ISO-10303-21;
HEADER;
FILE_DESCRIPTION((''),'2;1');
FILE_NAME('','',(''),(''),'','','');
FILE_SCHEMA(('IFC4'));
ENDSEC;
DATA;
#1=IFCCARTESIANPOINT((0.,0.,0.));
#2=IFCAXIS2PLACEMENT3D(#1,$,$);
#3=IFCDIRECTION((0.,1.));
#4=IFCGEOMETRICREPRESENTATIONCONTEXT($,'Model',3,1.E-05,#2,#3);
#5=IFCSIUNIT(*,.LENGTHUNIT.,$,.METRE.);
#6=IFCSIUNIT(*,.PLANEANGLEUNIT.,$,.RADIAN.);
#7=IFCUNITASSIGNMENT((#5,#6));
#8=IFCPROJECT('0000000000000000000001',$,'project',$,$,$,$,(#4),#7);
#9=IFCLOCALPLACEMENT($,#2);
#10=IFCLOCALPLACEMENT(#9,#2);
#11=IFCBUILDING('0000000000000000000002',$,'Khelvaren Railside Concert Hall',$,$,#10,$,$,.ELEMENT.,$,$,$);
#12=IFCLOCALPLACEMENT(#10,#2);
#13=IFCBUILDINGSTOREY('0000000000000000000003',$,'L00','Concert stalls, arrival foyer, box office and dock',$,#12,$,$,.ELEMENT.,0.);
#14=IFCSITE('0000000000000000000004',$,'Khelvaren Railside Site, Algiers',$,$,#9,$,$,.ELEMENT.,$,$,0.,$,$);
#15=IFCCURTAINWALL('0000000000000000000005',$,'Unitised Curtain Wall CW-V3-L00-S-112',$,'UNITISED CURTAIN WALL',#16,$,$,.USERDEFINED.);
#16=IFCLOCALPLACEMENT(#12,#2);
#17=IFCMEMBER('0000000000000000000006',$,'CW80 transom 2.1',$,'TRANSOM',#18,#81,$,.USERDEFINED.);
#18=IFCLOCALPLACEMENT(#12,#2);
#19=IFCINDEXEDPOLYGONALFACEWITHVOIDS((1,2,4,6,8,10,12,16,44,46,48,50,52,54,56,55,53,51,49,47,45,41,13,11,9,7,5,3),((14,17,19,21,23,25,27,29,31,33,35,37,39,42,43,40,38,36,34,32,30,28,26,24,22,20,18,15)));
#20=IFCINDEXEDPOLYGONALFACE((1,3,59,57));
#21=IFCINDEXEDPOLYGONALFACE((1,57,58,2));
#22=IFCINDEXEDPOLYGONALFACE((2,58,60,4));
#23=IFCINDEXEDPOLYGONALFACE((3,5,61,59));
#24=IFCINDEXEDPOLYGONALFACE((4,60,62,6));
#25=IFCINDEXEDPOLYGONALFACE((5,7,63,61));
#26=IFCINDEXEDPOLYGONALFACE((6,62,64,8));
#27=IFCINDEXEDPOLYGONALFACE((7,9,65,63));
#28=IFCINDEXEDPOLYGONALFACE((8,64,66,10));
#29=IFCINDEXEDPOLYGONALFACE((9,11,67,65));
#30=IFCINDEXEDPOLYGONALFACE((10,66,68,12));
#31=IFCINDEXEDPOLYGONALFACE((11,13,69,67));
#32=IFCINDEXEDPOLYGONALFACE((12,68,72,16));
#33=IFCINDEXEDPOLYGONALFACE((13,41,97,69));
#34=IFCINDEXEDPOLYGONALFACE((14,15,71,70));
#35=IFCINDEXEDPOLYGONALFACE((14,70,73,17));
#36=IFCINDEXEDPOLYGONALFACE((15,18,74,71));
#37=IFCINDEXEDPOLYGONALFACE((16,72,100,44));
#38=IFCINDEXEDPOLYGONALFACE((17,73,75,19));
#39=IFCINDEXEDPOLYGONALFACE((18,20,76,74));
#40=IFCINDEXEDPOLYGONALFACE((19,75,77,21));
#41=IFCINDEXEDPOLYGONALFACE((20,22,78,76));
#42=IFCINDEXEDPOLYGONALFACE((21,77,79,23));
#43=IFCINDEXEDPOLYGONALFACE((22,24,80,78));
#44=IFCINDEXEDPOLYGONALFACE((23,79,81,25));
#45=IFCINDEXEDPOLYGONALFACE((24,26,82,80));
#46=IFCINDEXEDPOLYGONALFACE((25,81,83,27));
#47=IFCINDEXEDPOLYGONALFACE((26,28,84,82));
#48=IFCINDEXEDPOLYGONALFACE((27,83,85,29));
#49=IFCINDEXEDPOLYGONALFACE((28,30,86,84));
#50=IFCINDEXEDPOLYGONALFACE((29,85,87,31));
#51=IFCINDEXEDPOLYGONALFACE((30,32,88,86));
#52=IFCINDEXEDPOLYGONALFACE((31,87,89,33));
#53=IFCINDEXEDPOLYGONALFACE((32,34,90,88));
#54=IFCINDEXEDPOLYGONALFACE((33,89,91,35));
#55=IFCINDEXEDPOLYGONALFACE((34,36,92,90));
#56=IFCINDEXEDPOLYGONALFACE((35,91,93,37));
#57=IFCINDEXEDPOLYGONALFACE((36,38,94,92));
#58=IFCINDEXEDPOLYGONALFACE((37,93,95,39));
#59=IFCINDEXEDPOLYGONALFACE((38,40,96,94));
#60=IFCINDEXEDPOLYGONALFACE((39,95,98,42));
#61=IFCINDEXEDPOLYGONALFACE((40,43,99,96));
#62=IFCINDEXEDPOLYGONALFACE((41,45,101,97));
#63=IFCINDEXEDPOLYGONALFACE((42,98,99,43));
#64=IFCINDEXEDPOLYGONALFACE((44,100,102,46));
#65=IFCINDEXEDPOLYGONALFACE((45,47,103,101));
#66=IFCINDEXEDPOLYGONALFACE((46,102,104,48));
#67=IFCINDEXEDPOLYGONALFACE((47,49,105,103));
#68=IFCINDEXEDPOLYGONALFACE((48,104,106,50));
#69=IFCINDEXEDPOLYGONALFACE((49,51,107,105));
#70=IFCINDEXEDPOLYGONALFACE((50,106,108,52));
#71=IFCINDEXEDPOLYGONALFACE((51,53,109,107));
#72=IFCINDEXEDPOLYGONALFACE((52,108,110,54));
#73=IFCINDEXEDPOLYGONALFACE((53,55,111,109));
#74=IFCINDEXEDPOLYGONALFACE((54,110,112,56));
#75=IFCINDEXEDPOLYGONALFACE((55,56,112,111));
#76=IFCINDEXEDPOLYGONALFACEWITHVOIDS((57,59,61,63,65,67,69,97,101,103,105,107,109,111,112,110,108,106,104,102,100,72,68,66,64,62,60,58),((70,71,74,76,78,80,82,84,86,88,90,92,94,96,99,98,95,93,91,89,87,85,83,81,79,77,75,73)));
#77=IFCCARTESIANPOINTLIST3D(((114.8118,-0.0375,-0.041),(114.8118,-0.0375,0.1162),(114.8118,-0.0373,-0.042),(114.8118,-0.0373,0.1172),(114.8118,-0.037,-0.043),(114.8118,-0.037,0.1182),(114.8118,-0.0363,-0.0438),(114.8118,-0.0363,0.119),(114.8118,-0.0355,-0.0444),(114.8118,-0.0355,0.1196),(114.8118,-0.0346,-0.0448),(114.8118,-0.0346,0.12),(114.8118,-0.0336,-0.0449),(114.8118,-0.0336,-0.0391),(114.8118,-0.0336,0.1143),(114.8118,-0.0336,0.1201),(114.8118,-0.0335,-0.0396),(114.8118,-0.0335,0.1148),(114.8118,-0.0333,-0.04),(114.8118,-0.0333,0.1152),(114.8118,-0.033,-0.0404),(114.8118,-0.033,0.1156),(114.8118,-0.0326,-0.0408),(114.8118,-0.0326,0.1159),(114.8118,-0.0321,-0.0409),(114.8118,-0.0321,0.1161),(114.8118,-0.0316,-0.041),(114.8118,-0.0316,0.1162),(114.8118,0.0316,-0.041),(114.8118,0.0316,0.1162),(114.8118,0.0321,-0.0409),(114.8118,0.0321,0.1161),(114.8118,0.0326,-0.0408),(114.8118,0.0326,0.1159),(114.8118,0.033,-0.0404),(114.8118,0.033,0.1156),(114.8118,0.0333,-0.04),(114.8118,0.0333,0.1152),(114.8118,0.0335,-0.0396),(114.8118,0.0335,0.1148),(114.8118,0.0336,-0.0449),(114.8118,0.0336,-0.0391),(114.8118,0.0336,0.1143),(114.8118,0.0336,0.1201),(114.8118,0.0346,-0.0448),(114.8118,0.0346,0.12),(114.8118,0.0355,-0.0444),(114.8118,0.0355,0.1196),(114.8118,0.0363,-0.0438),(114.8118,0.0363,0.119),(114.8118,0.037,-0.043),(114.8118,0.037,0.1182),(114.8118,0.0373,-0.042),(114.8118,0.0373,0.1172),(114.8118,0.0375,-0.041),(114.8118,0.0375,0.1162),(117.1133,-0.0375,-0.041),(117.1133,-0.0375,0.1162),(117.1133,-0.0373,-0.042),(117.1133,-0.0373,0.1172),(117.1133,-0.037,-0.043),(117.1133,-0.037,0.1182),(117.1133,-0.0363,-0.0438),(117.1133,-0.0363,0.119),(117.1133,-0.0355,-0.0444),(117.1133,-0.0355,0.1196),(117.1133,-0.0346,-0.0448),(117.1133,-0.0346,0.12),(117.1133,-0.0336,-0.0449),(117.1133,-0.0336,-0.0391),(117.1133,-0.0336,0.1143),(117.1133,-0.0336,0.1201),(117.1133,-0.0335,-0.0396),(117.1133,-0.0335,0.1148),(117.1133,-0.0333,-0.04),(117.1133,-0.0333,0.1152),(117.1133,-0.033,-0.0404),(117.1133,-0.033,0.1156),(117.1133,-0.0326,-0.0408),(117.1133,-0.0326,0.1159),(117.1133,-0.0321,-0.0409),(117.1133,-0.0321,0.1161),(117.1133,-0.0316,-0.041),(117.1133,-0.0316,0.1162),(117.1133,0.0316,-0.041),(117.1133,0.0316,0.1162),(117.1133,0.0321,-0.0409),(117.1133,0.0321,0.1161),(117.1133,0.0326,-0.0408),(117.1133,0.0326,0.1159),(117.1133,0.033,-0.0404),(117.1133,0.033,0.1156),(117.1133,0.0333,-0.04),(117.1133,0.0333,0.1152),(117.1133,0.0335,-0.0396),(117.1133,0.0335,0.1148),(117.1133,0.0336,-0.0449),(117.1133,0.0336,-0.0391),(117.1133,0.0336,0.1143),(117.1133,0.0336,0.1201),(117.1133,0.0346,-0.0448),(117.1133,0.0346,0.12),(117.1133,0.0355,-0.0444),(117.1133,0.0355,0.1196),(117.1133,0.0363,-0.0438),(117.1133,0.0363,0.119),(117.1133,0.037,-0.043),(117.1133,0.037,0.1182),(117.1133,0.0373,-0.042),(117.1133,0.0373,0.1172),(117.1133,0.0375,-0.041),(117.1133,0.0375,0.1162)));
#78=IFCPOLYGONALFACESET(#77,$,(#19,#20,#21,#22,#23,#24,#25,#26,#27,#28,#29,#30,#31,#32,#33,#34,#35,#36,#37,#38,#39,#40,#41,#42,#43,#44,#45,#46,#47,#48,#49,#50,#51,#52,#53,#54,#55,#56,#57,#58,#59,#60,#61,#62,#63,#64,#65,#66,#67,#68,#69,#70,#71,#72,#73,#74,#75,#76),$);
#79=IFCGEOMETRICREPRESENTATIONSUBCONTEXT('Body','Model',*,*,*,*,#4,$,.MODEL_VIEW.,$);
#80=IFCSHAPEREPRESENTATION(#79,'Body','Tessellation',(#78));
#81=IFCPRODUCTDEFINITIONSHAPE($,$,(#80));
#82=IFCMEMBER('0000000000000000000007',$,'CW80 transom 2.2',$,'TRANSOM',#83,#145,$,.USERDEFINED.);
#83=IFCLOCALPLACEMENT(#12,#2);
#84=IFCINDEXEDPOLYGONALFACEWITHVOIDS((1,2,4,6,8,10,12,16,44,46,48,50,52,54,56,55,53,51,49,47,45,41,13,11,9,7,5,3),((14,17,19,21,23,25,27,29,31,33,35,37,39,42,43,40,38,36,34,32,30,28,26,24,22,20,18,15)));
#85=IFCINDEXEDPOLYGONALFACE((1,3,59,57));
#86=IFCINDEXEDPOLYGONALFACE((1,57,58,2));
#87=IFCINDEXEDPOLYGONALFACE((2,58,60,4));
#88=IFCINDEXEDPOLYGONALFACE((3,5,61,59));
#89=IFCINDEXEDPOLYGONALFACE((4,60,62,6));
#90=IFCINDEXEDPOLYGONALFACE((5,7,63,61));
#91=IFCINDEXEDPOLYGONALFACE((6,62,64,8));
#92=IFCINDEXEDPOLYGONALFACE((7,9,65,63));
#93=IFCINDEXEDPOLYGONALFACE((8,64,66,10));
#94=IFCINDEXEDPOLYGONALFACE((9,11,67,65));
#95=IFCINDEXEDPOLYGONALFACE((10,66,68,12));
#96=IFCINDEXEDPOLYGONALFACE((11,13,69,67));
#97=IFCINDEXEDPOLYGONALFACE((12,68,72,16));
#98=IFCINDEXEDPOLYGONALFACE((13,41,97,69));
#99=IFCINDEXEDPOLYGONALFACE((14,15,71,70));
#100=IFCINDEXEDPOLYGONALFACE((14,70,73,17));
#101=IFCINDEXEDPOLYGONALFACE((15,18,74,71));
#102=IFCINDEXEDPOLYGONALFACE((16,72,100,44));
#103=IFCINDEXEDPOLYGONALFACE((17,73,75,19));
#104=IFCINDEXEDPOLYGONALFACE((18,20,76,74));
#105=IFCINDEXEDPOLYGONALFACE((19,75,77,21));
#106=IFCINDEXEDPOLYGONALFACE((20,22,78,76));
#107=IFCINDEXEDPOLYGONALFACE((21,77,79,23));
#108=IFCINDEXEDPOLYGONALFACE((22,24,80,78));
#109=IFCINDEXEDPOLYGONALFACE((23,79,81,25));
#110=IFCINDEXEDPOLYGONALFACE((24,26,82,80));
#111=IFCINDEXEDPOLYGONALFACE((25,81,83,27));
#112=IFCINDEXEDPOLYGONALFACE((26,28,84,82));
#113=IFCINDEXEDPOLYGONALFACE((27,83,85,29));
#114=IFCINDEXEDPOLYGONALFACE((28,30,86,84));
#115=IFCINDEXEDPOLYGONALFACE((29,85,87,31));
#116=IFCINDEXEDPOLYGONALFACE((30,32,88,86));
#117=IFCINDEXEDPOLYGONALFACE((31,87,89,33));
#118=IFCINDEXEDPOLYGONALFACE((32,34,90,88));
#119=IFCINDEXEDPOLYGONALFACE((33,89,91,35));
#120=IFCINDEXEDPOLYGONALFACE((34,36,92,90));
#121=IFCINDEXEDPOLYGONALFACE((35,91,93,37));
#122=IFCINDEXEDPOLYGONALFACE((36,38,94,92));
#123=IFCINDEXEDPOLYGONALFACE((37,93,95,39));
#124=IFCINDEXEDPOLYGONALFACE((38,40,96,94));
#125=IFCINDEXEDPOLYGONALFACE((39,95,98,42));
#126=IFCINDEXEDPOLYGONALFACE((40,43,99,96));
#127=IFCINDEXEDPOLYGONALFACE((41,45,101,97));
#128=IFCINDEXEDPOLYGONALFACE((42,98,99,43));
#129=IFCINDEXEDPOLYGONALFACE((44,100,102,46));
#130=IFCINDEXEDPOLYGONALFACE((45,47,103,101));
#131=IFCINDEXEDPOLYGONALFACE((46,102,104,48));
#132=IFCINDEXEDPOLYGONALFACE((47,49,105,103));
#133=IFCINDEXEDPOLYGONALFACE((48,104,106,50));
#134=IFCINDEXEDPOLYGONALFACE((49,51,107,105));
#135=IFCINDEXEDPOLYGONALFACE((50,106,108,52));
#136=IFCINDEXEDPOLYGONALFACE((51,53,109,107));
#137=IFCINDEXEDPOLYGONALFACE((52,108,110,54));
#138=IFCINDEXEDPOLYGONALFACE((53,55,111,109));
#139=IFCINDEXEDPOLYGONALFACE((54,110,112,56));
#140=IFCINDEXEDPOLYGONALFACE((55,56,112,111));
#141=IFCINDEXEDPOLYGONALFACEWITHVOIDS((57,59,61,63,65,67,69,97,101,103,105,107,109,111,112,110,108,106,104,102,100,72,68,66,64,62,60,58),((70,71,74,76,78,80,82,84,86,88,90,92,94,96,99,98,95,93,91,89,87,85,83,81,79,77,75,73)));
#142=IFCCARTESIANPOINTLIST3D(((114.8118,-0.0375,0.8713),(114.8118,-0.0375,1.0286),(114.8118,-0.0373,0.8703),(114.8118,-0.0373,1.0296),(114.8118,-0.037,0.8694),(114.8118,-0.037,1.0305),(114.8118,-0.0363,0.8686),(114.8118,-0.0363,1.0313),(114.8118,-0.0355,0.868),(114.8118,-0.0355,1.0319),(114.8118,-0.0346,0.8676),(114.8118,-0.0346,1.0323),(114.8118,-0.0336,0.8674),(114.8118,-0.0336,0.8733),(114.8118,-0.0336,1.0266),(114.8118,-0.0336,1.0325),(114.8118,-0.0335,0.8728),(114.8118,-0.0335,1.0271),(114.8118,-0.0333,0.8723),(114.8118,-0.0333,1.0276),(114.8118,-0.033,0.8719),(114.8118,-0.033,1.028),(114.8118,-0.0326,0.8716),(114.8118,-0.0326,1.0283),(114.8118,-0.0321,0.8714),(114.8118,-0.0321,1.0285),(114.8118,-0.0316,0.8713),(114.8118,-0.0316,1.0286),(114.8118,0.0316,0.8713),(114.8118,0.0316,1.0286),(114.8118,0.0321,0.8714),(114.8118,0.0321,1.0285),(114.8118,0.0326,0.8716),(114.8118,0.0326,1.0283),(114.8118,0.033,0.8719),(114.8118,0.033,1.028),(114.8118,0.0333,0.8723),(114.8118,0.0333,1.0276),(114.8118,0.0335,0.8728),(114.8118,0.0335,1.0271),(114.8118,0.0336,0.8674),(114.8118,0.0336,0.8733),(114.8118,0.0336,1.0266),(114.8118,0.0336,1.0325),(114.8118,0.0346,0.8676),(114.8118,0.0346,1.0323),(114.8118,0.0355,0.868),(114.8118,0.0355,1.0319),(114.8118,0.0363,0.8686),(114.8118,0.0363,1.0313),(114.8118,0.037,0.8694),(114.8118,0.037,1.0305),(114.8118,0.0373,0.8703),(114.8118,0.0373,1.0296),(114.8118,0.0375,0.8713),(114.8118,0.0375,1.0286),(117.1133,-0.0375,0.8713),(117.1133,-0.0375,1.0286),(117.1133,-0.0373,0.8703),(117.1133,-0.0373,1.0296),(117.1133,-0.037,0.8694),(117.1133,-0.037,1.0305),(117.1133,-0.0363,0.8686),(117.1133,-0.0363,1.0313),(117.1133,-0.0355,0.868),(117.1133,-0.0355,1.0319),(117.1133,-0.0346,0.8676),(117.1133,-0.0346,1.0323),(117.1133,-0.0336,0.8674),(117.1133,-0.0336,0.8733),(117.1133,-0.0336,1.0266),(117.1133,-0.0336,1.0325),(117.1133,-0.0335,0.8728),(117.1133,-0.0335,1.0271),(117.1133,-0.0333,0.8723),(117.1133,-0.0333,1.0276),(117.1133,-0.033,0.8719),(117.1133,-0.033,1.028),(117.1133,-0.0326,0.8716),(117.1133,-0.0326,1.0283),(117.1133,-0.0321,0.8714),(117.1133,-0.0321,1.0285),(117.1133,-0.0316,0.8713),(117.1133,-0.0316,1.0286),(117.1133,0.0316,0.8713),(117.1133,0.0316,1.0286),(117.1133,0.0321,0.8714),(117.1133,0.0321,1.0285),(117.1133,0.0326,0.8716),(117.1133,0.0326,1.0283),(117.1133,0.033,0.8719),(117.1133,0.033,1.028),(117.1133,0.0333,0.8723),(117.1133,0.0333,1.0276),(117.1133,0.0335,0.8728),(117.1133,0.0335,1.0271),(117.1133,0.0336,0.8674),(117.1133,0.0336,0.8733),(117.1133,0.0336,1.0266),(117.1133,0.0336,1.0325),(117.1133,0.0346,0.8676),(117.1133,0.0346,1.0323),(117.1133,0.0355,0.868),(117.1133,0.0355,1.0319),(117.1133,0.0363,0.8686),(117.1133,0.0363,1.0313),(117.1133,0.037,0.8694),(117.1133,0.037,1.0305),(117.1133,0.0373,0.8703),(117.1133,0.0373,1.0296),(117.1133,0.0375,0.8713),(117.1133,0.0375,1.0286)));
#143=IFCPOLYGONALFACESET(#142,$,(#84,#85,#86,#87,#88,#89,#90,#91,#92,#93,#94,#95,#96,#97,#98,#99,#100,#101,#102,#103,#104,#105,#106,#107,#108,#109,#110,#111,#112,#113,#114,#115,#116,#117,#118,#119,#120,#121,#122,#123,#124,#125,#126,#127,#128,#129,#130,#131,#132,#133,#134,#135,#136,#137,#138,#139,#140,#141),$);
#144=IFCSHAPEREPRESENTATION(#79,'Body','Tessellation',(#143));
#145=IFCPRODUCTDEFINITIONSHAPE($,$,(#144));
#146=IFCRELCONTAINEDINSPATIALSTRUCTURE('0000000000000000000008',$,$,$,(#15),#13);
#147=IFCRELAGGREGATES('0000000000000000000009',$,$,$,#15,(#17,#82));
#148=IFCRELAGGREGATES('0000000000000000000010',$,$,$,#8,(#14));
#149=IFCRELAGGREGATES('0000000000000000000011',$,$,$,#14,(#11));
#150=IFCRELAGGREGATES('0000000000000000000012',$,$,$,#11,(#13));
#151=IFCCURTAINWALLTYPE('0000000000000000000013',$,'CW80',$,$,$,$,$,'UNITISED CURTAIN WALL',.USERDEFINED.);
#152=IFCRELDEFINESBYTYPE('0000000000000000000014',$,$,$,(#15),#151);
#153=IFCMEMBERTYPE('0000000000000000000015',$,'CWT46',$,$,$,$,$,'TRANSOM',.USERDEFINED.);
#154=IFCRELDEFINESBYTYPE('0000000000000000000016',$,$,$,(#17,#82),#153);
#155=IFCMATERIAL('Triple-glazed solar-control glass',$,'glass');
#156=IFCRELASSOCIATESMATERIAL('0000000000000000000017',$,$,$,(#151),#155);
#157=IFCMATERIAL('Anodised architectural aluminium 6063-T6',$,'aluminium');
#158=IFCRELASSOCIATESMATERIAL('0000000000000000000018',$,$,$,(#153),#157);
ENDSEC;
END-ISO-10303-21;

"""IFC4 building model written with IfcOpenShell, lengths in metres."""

from ifc_helpers import new_model, si_unit, direction, frame, origin, origin_2d, place, context, subcontext, project, spatial, hollow_rectangle, extrude, material, material_profile, profile_set, type_object, element, aggregate, save


model = new_model("IFC4")

# Units and contexts
model_context = context("Model", 3, precision=1e-05, world=origin(), true_north=direction((0.0, 1.0)))
body_context = subcontext(model_context, "Body", "Model", "MODEL_VIEW")
ifc_project = project(units=[si_unit("LENGTHUNIT", "METRE"), si_unit("PLANEANGLEUNIT", "RADIAN")], contexts=[model_context])

# Site, building, storey
site_placement = place(None, origin())
site = spatial("IfcSite", under=ifc_project, at=site_placement, Name="Khelvaren Railside Site, Algiers", CompositionType="ELEMENT", RefElevation=0.0)
building_placement = place(site_placement, origin())
building = spatial("IfcBuilding", under=site, at=building_placement, Name="Khelvaren Railside Concert Hall", CompositionType="ELEMENT")
storey_placement = place(building_placement, origin())
storey = spatial("IfcBuildingStorey", under=building, at=storey_placement, Name="L00", Description="Concert stalls, arrival foyer, box office and dock", CompositionType="ELEMENT", Elevation=0.0)

# Curtain wall
ifc_material_1 = material(Name="Triple-glazed solar-control glass", Category="glass")
ifc_material_2 = material(Name="Anodised architectural aluminium 6063-T6", Category="aluminium")
curtain_wall_type_1 = type_object("IfcCurtainWallType", Name="CW80", ElementType="UNITISED CURTAIN WALL", PredefinedType="USERDEFINED", material=ifc_material_1)
curtain_wall_1_placement = place(storey_placement, origin())
curtain_wall_1 = element("IfcCurtainWall", 1, at=curtain_wall_1_placement, inside=storey, type_object=curtain_wall_type_1, Name="Unitised Curtain Wall CW-V3-L00-S-112", ObjectType="UNITISED CURTAIN WALL", PredefinedType="USERDEFINED")

# Members
ifc_material_profile_1 = material_profile(ifc_material_2, hollow_rectangle(XDim=0.075, YDim=0.165, WallThickness=0.0039, InnerFilletRadius=0.002, OuterFilletRadius=0.0039, at=origin_2d()), Name="CWT 75x165x4")
ifc_profile_set_1 = profile_set([ifc_material_profile_1], Name="Anodised architectural aluminium 6063-T6")
member_type_1 = type_object("IfcMemberType", Name="CWT46", ElementType="TRANSOM", PredefinedType="USERDEFINED", material=ifc_profile_set_1)
member_1_placement = place(storey_placement, frame((117.1133, 0.0, 0.0376), z_axis=(-1.0, 0.0, 0.0), x_axis=(0.0, -1.0, 0.0)))
member_1 = element("IfcMember", 2, at=member_1_placement, type_object=member_type_1, Name="CW80 transom 2.1", ObjectType="TRANSOM", PredefinedType="USERDEFINED", context=body_context, shape_type="SweptSolid", body=[
    extrude(hollow_rectangle(XDim=0.075, YDim=0.165, WallThickness=0.0039, InnerFilletRadius=0.002, OuterFilletRadius=0.0039, at=origin_2d()), origin(), (0.0, 0.0, 1.0), 2.3015),
])
member_2_placement = place(storey_placement, frame((117.1133, 0.0, 0.95), z_axis=(-1.0, 0.0, 0.0), x_axis=(0.0, -1.0, 0.0)))
member_2 = element("IfcMember", 3, at=member_2_placement, type_object=member_type_1, Name="CW80 transom 2.2", ObjectType="TRANSOM", PredefinedType="USERDEFINED", context=body_context, shape_type="SweptSolid", body=[
    extrude(hollow_rectangle(XDim=0.075, YDim=0.165, WallThickness=0.0039, InnerFilletRadius=0.002, OuterFilletRadius=0.0039, at=origin_2d()), origin(), (0.0, 0.0, 1.0), 2.3015),
])

aggregate(curtain_wall_1, [member_1, member_2])

save(model, "model.ifc")
